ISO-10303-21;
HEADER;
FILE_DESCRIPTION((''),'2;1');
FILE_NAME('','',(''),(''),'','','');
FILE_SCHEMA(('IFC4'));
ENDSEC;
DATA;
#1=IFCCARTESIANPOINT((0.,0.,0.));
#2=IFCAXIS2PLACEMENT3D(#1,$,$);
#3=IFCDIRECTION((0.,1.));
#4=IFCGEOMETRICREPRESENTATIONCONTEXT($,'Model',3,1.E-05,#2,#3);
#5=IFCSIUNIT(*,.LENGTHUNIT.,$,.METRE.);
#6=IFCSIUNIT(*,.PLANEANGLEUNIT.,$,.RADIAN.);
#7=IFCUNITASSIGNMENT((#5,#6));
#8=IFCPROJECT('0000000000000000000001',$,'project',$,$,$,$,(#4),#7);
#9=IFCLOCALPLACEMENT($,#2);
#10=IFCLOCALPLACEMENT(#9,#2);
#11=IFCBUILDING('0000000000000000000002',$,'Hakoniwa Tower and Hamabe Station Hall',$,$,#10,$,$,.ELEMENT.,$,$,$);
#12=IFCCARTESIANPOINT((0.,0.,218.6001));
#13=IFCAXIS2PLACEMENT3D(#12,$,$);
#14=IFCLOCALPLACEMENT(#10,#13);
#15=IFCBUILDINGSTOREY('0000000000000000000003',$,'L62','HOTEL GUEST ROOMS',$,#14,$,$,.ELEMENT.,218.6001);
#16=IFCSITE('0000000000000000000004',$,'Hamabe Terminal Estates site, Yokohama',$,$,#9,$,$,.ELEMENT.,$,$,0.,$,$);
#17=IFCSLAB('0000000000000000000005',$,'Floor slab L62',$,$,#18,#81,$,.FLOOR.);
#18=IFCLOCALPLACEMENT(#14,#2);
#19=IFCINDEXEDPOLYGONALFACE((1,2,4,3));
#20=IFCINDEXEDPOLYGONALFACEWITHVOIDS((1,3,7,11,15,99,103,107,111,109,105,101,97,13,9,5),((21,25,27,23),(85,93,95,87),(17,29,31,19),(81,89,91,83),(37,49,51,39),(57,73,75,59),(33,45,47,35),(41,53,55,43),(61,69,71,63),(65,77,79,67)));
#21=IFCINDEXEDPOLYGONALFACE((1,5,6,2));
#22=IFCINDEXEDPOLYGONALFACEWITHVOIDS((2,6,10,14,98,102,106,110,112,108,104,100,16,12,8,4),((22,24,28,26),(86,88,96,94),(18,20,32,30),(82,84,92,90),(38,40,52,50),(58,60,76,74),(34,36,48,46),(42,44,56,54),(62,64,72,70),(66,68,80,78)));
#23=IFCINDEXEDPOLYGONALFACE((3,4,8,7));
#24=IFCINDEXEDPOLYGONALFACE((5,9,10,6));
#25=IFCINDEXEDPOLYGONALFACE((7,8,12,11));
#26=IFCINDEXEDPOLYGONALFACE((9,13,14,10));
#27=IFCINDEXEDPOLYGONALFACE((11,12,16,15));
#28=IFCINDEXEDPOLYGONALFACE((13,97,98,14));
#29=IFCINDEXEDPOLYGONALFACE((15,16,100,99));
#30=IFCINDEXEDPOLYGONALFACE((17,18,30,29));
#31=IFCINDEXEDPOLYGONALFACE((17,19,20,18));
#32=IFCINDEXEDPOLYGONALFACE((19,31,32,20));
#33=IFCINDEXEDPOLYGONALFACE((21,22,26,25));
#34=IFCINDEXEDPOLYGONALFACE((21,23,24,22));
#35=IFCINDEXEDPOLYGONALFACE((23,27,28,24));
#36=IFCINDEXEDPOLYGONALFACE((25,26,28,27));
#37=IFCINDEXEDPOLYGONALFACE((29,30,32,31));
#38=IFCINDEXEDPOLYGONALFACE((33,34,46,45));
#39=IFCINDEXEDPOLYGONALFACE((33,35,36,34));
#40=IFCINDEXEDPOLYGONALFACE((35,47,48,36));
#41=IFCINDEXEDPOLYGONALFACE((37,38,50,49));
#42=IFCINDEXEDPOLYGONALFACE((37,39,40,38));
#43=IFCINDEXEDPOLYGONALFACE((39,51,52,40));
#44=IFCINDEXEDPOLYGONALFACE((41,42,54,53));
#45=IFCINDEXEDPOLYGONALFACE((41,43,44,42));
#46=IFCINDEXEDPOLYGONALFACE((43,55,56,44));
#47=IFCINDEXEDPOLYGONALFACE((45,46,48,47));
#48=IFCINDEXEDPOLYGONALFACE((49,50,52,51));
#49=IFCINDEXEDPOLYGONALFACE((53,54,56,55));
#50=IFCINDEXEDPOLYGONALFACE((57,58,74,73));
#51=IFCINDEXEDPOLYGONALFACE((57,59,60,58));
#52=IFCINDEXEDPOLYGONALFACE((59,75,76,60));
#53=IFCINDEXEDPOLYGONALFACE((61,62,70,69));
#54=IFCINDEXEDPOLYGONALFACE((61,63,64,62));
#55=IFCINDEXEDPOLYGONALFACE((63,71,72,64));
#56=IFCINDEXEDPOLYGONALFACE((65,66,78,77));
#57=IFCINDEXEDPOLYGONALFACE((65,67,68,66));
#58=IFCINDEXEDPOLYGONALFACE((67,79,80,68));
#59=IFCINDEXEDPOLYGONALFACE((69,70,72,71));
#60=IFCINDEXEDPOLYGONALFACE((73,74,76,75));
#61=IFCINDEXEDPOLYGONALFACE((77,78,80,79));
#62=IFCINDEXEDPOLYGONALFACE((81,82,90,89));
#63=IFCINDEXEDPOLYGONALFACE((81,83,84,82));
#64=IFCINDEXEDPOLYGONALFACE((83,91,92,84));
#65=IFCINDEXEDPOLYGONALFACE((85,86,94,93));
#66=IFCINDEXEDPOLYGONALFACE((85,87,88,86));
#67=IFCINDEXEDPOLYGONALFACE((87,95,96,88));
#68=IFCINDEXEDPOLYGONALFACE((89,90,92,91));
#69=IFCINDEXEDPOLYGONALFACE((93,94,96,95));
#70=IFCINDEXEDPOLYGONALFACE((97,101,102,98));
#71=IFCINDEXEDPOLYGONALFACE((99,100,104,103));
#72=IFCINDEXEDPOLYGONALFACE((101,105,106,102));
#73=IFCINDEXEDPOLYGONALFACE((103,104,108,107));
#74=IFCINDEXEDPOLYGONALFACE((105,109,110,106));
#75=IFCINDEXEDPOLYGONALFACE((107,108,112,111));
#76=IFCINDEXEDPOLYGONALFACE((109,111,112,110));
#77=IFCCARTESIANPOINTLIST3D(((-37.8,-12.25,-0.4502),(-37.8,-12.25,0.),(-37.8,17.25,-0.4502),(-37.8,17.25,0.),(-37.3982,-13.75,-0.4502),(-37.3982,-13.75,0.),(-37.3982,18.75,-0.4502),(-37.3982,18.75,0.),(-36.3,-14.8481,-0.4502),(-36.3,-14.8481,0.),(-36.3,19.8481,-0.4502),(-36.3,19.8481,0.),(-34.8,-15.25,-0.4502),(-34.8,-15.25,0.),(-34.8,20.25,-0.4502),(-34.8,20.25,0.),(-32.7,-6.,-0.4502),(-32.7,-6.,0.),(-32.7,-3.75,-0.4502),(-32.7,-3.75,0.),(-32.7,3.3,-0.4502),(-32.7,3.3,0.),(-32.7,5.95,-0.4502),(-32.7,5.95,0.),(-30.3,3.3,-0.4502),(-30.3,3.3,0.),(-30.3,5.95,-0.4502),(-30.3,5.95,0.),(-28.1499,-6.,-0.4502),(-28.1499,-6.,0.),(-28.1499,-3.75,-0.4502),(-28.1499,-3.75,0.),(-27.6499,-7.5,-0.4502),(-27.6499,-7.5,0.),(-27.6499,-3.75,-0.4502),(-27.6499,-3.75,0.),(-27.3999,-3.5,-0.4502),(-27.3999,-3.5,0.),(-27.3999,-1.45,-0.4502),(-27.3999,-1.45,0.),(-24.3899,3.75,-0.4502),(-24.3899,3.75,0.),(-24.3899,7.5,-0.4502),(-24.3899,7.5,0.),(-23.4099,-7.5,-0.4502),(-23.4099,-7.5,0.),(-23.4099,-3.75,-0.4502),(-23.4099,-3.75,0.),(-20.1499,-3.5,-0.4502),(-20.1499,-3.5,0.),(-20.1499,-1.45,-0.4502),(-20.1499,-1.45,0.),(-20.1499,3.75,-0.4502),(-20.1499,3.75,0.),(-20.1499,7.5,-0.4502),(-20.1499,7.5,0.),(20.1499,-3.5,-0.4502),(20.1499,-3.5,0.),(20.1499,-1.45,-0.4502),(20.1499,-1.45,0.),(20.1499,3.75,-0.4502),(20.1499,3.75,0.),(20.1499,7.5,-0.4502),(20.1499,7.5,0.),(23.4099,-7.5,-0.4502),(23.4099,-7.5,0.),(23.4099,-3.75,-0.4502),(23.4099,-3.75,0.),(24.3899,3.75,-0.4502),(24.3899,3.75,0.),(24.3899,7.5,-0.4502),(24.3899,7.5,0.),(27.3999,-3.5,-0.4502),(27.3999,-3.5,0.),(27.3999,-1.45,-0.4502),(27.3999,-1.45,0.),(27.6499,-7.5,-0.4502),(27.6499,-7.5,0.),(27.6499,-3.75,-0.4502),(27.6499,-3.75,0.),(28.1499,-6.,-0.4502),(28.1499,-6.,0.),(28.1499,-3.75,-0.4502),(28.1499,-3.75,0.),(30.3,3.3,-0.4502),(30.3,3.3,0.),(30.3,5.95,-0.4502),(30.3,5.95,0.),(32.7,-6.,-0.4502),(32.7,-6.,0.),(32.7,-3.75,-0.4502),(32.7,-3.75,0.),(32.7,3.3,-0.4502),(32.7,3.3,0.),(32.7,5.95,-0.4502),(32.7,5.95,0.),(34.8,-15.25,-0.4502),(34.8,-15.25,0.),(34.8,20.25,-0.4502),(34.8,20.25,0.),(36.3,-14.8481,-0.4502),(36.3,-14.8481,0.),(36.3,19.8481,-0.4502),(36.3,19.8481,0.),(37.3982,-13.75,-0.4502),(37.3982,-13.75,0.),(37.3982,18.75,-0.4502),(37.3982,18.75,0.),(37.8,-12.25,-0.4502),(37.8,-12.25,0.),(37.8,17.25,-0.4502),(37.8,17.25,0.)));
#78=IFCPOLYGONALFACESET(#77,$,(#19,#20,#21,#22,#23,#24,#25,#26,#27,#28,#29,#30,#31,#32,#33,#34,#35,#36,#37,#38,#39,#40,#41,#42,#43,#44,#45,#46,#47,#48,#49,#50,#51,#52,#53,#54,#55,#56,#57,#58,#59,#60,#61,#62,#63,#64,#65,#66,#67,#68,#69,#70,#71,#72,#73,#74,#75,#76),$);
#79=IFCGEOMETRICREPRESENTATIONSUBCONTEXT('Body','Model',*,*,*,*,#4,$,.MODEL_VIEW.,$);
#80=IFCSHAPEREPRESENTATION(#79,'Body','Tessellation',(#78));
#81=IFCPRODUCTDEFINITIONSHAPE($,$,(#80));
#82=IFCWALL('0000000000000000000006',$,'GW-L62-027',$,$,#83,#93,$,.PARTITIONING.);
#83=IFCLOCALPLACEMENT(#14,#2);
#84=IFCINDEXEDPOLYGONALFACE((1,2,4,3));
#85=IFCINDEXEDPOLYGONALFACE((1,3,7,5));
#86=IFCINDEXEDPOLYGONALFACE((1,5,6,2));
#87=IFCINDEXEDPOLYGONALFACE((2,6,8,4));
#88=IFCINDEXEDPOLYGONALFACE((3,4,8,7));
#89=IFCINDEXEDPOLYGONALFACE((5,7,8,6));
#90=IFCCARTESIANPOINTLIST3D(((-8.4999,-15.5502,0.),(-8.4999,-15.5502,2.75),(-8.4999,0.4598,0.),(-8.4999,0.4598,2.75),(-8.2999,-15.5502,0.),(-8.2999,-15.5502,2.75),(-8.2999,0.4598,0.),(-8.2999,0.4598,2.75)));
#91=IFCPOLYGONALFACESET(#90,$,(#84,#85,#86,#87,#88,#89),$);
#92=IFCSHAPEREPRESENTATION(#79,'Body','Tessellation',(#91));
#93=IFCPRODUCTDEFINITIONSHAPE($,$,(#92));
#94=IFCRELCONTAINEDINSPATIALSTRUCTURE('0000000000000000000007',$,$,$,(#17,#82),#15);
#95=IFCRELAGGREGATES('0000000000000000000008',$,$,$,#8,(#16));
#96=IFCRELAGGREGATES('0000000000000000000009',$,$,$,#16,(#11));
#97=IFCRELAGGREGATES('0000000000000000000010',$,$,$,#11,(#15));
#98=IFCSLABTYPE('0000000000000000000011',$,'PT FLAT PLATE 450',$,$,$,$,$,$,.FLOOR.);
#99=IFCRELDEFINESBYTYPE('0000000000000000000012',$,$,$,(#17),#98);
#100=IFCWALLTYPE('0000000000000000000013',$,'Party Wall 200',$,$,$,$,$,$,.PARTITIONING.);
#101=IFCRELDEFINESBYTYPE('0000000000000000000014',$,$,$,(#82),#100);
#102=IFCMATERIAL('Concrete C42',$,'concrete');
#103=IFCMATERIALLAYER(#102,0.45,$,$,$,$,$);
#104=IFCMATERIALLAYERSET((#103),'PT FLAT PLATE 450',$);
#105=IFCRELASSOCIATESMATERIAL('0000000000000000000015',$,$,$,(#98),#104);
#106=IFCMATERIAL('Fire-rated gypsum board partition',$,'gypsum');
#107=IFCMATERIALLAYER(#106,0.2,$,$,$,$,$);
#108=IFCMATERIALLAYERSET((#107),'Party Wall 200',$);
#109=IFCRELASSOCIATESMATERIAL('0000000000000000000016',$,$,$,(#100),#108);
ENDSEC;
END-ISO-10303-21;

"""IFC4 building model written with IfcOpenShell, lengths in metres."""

from ifc_helpers import new_model, si_unit, direction, frame, frame_2d, origin, place, context, subcontext, project, spatial, polyline, rectangle, outline, extrude, material, layer, layer_set, type_object, element, save


model = new_model("IFC4")

# Units and contexts
model_context = context("Model", 3, precision=1e-05, world=origin(), true_north=direction((0.0, 1.0)))
body_context = subcontext(model_context, "Body", "Model", "MODEL_VIEW")
ifc_project = project(units=[si_unit("LENGTHUNIT", "METRE"), si_unit("PLANEANGLEUNIT", "RADIAN")], contexts=[model_context])

# Site, building, storey
site_placement = place(None, origin())
site = spatial("IfcSite", under=ifc_project, at=site_placement, Name="Hamabe Terminal Estates site, Yokohama", CompositionType="ELEMENT", RefElevation=0.0)
building_placement = place(site_placement, origin())
building = spatial("IfcBuilding", under=site, at=building_placement, Name="Hakoniwa Tower and Hamabe Station Hall", CompositionType="ELEMENT")
storey_placement = place(building_placement, frame((0.0, 0.0, 218.6001)))
storey = spatial("IfcBuildingStorey", under=building, at=storey_placement, Name="L62", Description="HOTEL GUEST ROOMS", CompositionType="ELEMENT", Elevation=218.6001)

# Slab
ifc_material_1 = material(Name="Concrete C42", Category="concrete")
ifc_layer_1 = layer(ifc_material_1, 0.45)
ifc_layer_set_1 = layer_set([ifc_layer_1], Name="PT FLAT PLATE 450")
slab_type_1 = type_object("IfcSlabType", Name="PT FLAT PLATE 450", PredefinedType="FLOOR", material=ifc_layer_set_1)
slab_1_placement = place(storey_placement, frame((0.0, 0.0, -0.4502)))
element("IfcSlab", 1, at=slab_1_placement, inside=storey, type_object=slab_type_1, Name="Floor slab L62", PredefinedType="FLOOR", context=body_context, shape_type="SweptSolid", body=[
    extrude(outline(polyline([(37.8, -12.25), (37.8, 17.25), (37.3982, 18.75), (36.3, 19.8481), (34.8, 20.25), (-34.8, 20.25), (-36.3, 19.8481), (-37.3982, 18.75), (-37.8, 17.25), (-37.8, -12.25), (-37.3982, -13.75), (-36.3, -14.8481), (-34.8, -15.25), (34.8, -15.25), (36.3, -14.8481), (37.3982, -13.75), (37.8, -12.25)]), holes=[polyline([(-27.3999, -3.5), (-27.3999, -1.45), (-20.1499, -1.45), (-20.1499, -3.5), (-27.3999, -3.5)]), polyline([(-32.7, 3.3), (-32.7, 5.95), (-30.3, 5.95), (-30.3, 3.3), (-32.7, 3.3)]), polyline([(-32.7, -6.0), (-32.7, -3.75), (-28.1499, -3.75), (-28.1499, -6.0), (-32.7, -6.0)]), polyline([(-24.3899, 3.75), (-24.3899, 7.5), (-20.1499, 7.5), (-20.1499, 3.75), (-24.3899, 3.75)]), polyline([(-27.6499, -7.5), (-27.6499, -3.75), (-23.4099, -3.75), (-23.4099, -7.5), (-27.6499, -7.5)]), polyline([(20.1499, -3.5), (20.1499, -1.45), (27.3999, -1.45), (27.3999, -3.5), (20.1499, -3.5)]), polyline([(30.3, 3.3), (30.3, 5.95), (32.7, 5.95), (32.7, 3.3), (30.3, 3.3)]), polyline([(28.1499, -6.0), (28.1499, -3.75), (32.7, -3.75), (32.7, -6.0), (28.1499, -6.0)]), polyline([(20.1499, 3.75), (20.1499, 7.5), (24.3899, 7.5), (24.3899, 3.75), (20.1499, 3.75)]), polyline([(23.4099, -7.5), (23.4099, -3.75), (27.6499, -3.75), (27.6499, -7.5), (23.4099, -7.5)])]), origin(), (0.0, 0.0, 1.0), 0.4502),
])

# Wall
ifc_material_2 = material(Name="Fire-rated gypsum board partition", Category="gypsum")
ifc_layer_2 = layer(ifc_material_2, 0.2)
ifc_layer_set_2 = layer_set([ifc_layer_2], Name="Party Wall 200")
wall_type = type_object("IfcWallType", Name="Party Wall 200", PredefinedType="PARTITIONING", material=ifc_layer_set_2)
wall_placement = place(storey_placement, frame((-8.3999, -15.55, 0.0), z_axis=(0.0, 0.0, 1.0), x_axis=(0.0, 1.0, 0.0)))
element("IfcWall", 2, at=wall_placement, inside=storey, type_object=wall_type, Name="GW-L62-027", PredefinedType="PARTITIONING", context=body_context, shape_type="SweptSolid", body=[
    extrude(rectangle(XDim=16.01, YDim=0.2, at=frame_2d((8.0049, 0.0))), origin(), (0.0, 0.0, 1.0), 2.75),
])

save(model, "model.ifc")
